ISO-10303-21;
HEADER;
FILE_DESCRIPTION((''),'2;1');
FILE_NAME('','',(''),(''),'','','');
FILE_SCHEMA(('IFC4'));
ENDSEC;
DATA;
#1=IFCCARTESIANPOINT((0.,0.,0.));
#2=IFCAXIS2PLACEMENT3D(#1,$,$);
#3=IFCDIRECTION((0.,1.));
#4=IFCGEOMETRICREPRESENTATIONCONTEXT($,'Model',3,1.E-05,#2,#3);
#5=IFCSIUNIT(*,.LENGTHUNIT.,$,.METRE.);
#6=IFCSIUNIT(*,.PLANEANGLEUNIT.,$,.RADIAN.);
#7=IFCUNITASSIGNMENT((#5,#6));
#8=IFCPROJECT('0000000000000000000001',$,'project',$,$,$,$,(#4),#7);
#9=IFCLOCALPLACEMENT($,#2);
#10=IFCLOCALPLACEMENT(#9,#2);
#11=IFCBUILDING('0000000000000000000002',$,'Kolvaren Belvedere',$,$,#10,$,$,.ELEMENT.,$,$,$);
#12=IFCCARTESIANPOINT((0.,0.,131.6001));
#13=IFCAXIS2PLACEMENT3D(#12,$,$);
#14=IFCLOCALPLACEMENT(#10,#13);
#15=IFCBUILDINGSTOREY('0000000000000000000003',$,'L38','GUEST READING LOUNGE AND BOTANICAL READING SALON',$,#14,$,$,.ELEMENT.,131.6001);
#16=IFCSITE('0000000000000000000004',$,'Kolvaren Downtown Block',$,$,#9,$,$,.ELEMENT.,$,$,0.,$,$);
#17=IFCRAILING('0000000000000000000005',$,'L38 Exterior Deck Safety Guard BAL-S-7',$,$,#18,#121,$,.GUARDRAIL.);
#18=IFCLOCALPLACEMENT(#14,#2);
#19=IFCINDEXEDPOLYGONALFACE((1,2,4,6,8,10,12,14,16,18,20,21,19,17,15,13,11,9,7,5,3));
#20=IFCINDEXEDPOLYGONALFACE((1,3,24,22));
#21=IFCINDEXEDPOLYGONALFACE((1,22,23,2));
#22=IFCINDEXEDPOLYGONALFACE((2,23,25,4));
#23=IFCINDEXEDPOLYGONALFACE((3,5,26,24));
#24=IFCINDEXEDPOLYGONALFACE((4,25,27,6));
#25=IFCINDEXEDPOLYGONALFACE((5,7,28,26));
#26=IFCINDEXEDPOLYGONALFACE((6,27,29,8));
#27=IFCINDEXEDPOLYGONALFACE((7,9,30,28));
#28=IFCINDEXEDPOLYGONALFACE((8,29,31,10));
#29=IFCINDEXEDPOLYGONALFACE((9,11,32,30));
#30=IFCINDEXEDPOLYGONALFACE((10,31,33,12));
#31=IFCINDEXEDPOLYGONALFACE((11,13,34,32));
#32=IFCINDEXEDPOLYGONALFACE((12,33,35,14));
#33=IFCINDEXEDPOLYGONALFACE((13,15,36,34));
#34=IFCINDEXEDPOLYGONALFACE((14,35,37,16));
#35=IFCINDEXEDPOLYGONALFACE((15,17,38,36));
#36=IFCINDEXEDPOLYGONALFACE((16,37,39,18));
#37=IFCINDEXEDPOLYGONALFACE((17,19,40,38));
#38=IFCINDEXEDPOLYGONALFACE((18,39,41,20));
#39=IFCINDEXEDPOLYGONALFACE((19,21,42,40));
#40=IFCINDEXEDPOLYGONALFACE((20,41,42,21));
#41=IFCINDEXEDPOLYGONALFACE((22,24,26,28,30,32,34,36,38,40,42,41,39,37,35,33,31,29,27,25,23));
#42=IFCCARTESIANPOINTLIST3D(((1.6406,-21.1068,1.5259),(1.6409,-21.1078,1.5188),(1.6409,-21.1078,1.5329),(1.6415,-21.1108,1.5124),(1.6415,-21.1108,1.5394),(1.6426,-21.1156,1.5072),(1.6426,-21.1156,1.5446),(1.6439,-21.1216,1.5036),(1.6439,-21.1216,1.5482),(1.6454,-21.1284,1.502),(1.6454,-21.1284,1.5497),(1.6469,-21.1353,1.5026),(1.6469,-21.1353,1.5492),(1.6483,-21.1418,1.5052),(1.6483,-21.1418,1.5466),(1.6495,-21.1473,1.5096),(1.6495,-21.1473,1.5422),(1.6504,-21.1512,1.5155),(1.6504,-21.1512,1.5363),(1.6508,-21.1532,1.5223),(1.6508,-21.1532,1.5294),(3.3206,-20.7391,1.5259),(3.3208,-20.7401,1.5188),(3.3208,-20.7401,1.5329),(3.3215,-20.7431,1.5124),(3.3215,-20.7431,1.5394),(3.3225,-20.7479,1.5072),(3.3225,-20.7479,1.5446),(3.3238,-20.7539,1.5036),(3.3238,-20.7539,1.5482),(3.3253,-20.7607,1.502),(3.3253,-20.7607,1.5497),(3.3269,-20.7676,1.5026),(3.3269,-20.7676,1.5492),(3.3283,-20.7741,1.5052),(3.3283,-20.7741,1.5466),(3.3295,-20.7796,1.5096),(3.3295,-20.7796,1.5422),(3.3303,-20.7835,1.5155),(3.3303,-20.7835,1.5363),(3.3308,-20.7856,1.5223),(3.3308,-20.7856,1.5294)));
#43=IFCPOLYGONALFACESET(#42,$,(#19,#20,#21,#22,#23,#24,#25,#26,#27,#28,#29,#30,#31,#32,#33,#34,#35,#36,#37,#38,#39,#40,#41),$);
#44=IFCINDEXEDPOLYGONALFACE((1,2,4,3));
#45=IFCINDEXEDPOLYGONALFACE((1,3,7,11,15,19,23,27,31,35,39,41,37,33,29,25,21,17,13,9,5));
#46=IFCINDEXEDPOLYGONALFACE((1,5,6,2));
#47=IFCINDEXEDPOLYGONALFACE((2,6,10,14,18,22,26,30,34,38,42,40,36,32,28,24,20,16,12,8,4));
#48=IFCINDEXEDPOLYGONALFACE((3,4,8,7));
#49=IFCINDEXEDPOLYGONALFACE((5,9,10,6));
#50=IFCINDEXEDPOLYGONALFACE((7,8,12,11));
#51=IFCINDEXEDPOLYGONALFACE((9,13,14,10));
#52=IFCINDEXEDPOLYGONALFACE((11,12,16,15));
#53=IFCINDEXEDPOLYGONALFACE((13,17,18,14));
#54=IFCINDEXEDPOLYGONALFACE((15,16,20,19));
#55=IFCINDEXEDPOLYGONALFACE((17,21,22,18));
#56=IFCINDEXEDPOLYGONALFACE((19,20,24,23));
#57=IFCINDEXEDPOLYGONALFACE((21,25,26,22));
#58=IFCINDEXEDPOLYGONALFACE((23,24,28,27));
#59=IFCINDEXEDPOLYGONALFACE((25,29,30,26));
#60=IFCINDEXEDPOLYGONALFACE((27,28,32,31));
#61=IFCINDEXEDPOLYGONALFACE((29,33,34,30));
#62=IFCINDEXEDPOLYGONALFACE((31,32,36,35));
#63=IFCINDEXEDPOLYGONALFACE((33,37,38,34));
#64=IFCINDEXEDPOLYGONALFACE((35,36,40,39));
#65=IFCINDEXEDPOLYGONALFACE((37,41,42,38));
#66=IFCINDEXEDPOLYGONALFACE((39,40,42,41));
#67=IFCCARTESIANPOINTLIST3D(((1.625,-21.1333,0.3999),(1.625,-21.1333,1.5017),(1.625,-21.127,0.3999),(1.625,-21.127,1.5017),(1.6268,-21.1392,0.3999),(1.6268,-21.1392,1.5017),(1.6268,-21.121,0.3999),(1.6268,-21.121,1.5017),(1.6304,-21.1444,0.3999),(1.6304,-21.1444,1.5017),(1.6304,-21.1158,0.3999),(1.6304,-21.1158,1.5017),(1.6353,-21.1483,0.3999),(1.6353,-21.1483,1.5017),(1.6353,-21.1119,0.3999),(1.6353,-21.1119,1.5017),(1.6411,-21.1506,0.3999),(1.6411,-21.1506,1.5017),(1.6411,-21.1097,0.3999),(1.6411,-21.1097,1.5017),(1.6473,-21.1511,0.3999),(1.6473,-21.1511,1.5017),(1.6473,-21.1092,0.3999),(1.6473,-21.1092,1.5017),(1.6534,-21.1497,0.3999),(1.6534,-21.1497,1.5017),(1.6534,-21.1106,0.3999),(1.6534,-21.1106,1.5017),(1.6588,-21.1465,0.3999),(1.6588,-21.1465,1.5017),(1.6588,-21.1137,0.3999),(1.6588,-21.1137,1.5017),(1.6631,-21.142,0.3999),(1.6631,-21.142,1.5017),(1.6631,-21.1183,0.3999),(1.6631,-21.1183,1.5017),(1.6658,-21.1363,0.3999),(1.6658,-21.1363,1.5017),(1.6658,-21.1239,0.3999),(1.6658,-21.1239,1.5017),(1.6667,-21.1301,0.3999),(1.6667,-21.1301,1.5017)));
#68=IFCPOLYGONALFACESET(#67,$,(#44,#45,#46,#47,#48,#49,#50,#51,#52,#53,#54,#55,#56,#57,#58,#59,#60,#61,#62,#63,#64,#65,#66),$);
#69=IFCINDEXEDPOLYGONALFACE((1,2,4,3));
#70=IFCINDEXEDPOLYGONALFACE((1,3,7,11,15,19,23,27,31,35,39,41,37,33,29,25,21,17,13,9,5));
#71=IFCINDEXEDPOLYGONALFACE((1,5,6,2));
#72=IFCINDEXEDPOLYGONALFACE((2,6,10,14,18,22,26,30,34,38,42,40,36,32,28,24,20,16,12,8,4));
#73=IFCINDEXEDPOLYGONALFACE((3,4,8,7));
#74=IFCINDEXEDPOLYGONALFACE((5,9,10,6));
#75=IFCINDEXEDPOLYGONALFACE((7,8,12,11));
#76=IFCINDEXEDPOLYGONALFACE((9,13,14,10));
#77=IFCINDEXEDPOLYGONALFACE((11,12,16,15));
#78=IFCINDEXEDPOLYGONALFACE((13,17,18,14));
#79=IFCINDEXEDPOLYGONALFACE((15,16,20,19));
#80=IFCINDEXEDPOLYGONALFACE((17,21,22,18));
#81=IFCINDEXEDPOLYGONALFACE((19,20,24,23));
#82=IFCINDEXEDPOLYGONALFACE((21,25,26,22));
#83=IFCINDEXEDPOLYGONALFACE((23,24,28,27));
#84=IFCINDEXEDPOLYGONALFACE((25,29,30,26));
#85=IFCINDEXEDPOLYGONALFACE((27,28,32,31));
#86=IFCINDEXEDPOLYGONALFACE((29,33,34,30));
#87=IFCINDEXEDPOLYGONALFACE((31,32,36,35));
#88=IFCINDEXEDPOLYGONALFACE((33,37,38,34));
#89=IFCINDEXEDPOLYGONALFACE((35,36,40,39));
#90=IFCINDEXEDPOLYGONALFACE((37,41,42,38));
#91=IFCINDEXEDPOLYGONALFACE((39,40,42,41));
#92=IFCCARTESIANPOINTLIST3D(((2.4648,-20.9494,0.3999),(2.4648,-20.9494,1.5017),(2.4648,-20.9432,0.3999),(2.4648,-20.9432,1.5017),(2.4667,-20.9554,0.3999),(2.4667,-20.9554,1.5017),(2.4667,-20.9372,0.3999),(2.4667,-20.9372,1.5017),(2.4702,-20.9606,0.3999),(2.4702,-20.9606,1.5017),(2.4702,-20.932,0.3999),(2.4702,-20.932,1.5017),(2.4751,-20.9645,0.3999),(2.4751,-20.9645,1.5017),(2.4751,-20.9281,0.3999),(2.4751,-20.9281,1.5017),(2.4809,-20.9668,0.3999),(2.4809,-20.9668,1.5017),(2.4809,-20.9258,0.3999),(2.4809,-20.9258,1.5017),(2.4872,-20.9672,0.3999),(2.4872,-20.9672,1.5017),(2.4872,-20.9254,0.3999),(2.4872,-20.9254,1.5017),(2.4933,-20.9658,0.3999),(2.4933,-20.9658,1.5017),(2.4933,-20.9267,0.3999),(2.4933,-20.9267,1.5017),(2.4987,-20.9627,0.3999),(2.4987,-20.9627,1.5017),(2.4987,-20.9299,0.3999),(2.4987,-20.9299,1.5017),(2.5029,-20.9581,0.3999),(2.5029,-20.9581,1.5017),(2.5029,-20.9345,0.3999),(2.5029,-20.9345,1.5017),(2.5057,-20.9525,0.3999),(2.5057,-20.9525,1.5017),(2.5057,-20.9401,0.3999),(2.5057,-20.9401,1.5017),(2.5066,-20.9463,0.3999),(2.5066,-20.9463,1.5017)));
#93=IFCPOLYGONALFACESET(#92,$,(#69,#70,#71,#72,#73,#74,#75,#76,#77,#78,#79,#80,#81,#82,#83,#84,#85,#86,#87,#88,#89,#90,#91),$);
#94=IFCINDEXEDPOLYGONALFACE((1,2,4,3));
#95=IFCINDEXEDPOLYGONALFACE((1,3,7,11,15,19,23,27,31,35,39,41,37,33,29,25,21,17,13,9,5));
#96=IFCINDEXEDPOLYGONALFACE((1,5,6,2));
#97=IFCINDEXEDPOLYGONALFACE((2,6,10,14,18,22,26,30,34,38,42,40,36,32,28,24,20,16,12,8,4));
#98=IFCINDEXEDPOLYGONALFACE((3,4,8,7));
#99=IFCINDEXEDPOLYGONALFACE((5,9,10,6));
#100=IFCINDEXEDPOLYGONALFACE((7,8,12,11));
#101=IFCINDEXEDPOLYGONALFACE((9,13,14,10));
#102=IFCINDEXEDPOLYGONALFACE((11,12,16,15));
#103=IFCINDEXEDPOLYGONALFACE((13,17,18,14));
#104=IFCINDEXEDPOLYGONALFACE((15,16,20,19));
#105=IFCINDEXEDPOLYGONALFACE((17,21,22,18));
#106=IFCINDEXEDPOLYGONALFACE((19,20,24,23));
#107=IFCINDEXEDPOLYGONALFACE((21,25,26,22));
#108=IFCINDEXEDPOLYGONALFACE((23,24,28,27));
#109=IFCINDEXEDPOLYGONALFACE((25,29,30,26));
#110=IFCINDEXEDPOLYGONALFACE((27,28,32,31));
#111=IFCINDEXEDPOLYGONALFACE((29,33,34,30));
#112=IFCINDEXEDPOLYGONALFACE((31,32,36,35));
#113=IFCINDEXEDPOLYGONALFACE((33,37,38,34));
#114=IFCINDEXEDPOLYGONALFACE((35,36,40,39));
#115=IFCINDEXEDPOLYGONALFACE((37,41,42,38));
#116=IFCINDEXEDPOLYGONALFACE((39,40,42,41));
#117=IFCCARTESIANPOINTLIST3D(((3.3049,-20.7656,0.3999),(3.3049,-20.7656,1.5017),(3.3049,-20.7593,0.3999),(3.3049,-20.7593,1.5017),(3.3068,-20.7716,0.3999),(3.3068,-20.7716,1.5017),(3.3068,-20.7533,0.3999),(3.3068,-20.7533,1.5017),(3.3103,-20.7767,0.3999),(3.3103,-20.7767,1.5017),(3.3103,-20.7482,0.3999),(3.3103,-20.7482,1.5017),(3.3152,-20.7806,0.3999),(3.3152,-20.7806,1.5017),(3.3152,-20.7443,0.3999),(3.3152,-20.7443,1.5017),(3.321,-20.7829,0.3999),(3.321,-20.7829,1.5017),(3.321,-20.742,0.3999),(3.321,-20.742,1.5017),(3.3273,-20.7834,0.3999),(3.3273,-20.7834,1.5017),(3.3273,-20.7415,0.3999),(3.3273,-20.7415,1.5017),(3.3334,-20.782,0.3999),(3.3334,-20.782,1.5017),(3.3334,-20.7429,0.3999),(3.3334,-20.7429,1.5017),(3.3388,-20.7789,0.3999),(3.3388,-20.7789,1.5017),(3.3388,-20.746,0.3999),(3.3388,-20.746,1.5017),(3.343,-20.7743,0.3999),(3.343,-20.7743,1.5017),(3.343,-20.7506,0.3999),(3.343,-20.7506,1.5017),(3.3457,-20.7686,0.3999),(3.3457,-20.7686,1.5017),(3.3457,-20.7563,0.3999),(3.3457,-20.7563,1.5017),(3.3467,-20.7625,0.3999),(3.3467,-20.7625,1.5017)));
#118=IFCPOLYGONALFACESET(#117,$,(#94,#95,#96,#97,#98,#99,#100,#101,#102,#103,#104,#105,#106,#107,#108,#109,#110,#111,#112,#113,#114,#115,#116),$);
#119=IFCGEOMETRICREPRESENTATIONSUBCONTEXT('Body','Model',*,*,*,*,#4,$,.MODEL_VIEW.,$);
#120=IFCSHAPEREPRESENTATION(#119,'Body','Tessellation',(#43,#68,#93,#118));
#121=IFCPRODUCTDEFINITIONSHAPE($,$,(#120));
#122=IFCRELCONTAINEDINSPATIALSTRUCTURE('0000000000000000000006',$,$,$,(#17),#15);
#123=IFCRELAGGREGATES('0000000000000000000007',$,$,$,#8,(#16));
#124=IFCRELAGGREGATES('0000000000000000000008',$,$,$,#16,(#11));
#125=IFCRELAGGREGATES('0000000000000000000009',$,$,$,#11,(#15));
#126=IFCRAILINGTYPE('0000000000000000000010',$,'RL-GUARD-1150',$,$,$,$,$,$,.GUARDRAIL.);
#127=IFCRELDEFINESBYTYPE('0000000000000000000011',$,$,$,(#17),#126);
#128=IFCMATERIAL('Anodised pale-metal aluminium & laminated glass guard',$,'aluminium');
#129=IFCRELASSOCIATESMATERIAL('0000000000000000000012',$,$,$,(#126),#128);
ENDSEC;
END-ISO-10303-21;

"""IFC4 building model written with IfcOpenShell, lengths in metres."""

from ifc_helpers import new_model, si_unit, direction, frame, origin, origin_2d, place, context, subcontext, project, spatial, circle, extrude, material, type_object, element, save


model = new_model("IFC4")

# Units and contexts
model_context = context("Model", 3, precision=1e-05, world=origin(), true_north=direction((0.0, 1.0)))
body_context = subcontext(model_context, "Body", "Model", "MODEL_VIEW")
ifc_project = project(units=[si_unit("LENGTHUNIT", "METRE"), si_unit("PLANEANGLEUNIT", "RADIAN")], contexts=[model_context])

# Site, building, storey
site_placement = place(None, origin())
site = spatial("IfcSite", under=ifc_project, at=site_placement, Name="Kolvaren Downtown Block", CompositionType="ELEMENT", RefElevation=0.0)
building_placement = place(site_placement, origin())
building = spatial("IfcBuilding", under=site, at=building_placement, Name="Kolvaren Belvedere", CompositionType="ELEMENT")
storey_placement = place(building_placement, frame((0.0, 0.0, 131.6001)))
storey = spatial("IfcBuildingStorey", under=building, at=storey_placement, Name="L38", Description="GUEST READING LOUNGE AND BOTANICAL READING SALON", CompositionType="ELEMENT", Elevation=131.6001)

# Railing
ifc_material_1 = material(Name="Anodised pale-metal aluminium & laminated glass guard", Category="aluminium")
railing_type = type_object("IfcRailingType", Name="RL-GUARD-1150", PredefinedType="GUARDRAIL", material=ifc_material_1)
railing_1_placement = place(storey_placement, frame((1.6458, -21.1301, 0.3999)))
element("IfcRailing", 1, at=railing_1_placement, inside=storey, type_object=railing_type, Name="L38 Exterior Deck Safety Guard BAL-S-7", PredefinedType="GUARDRAIL", context=body_context, shape_type="SweptSolid", body=[
    extrude(circle(Radius=0.0239, at=origin_2d()), frame((0.0, 0.0, 1.126), z_axis=(0.976877, 0.213803, 0.0), x_axis=(-0.213803, 0.976877, 0.0)), (0.0, 0.0, 1.0), 1.7197),
    extrude(circle(Radius=0.021, at=origin_2d()), origin(), (0.0, 0.0, 1.0), 1.1018),
    extrude(circle(Radius=0.021, at=origin_2d()), frame((0.8398, 0.1838, 0.0)), (0.0, 0.0, 1.0), 1.1018),
    extrude(circle(Radius=0.021, at=origin_2d()), frame((1.6799, 0.3677, 0.0)), (0.0, 0.0, 1.0), 1.1018),
])

save(model, "model.ifc")
